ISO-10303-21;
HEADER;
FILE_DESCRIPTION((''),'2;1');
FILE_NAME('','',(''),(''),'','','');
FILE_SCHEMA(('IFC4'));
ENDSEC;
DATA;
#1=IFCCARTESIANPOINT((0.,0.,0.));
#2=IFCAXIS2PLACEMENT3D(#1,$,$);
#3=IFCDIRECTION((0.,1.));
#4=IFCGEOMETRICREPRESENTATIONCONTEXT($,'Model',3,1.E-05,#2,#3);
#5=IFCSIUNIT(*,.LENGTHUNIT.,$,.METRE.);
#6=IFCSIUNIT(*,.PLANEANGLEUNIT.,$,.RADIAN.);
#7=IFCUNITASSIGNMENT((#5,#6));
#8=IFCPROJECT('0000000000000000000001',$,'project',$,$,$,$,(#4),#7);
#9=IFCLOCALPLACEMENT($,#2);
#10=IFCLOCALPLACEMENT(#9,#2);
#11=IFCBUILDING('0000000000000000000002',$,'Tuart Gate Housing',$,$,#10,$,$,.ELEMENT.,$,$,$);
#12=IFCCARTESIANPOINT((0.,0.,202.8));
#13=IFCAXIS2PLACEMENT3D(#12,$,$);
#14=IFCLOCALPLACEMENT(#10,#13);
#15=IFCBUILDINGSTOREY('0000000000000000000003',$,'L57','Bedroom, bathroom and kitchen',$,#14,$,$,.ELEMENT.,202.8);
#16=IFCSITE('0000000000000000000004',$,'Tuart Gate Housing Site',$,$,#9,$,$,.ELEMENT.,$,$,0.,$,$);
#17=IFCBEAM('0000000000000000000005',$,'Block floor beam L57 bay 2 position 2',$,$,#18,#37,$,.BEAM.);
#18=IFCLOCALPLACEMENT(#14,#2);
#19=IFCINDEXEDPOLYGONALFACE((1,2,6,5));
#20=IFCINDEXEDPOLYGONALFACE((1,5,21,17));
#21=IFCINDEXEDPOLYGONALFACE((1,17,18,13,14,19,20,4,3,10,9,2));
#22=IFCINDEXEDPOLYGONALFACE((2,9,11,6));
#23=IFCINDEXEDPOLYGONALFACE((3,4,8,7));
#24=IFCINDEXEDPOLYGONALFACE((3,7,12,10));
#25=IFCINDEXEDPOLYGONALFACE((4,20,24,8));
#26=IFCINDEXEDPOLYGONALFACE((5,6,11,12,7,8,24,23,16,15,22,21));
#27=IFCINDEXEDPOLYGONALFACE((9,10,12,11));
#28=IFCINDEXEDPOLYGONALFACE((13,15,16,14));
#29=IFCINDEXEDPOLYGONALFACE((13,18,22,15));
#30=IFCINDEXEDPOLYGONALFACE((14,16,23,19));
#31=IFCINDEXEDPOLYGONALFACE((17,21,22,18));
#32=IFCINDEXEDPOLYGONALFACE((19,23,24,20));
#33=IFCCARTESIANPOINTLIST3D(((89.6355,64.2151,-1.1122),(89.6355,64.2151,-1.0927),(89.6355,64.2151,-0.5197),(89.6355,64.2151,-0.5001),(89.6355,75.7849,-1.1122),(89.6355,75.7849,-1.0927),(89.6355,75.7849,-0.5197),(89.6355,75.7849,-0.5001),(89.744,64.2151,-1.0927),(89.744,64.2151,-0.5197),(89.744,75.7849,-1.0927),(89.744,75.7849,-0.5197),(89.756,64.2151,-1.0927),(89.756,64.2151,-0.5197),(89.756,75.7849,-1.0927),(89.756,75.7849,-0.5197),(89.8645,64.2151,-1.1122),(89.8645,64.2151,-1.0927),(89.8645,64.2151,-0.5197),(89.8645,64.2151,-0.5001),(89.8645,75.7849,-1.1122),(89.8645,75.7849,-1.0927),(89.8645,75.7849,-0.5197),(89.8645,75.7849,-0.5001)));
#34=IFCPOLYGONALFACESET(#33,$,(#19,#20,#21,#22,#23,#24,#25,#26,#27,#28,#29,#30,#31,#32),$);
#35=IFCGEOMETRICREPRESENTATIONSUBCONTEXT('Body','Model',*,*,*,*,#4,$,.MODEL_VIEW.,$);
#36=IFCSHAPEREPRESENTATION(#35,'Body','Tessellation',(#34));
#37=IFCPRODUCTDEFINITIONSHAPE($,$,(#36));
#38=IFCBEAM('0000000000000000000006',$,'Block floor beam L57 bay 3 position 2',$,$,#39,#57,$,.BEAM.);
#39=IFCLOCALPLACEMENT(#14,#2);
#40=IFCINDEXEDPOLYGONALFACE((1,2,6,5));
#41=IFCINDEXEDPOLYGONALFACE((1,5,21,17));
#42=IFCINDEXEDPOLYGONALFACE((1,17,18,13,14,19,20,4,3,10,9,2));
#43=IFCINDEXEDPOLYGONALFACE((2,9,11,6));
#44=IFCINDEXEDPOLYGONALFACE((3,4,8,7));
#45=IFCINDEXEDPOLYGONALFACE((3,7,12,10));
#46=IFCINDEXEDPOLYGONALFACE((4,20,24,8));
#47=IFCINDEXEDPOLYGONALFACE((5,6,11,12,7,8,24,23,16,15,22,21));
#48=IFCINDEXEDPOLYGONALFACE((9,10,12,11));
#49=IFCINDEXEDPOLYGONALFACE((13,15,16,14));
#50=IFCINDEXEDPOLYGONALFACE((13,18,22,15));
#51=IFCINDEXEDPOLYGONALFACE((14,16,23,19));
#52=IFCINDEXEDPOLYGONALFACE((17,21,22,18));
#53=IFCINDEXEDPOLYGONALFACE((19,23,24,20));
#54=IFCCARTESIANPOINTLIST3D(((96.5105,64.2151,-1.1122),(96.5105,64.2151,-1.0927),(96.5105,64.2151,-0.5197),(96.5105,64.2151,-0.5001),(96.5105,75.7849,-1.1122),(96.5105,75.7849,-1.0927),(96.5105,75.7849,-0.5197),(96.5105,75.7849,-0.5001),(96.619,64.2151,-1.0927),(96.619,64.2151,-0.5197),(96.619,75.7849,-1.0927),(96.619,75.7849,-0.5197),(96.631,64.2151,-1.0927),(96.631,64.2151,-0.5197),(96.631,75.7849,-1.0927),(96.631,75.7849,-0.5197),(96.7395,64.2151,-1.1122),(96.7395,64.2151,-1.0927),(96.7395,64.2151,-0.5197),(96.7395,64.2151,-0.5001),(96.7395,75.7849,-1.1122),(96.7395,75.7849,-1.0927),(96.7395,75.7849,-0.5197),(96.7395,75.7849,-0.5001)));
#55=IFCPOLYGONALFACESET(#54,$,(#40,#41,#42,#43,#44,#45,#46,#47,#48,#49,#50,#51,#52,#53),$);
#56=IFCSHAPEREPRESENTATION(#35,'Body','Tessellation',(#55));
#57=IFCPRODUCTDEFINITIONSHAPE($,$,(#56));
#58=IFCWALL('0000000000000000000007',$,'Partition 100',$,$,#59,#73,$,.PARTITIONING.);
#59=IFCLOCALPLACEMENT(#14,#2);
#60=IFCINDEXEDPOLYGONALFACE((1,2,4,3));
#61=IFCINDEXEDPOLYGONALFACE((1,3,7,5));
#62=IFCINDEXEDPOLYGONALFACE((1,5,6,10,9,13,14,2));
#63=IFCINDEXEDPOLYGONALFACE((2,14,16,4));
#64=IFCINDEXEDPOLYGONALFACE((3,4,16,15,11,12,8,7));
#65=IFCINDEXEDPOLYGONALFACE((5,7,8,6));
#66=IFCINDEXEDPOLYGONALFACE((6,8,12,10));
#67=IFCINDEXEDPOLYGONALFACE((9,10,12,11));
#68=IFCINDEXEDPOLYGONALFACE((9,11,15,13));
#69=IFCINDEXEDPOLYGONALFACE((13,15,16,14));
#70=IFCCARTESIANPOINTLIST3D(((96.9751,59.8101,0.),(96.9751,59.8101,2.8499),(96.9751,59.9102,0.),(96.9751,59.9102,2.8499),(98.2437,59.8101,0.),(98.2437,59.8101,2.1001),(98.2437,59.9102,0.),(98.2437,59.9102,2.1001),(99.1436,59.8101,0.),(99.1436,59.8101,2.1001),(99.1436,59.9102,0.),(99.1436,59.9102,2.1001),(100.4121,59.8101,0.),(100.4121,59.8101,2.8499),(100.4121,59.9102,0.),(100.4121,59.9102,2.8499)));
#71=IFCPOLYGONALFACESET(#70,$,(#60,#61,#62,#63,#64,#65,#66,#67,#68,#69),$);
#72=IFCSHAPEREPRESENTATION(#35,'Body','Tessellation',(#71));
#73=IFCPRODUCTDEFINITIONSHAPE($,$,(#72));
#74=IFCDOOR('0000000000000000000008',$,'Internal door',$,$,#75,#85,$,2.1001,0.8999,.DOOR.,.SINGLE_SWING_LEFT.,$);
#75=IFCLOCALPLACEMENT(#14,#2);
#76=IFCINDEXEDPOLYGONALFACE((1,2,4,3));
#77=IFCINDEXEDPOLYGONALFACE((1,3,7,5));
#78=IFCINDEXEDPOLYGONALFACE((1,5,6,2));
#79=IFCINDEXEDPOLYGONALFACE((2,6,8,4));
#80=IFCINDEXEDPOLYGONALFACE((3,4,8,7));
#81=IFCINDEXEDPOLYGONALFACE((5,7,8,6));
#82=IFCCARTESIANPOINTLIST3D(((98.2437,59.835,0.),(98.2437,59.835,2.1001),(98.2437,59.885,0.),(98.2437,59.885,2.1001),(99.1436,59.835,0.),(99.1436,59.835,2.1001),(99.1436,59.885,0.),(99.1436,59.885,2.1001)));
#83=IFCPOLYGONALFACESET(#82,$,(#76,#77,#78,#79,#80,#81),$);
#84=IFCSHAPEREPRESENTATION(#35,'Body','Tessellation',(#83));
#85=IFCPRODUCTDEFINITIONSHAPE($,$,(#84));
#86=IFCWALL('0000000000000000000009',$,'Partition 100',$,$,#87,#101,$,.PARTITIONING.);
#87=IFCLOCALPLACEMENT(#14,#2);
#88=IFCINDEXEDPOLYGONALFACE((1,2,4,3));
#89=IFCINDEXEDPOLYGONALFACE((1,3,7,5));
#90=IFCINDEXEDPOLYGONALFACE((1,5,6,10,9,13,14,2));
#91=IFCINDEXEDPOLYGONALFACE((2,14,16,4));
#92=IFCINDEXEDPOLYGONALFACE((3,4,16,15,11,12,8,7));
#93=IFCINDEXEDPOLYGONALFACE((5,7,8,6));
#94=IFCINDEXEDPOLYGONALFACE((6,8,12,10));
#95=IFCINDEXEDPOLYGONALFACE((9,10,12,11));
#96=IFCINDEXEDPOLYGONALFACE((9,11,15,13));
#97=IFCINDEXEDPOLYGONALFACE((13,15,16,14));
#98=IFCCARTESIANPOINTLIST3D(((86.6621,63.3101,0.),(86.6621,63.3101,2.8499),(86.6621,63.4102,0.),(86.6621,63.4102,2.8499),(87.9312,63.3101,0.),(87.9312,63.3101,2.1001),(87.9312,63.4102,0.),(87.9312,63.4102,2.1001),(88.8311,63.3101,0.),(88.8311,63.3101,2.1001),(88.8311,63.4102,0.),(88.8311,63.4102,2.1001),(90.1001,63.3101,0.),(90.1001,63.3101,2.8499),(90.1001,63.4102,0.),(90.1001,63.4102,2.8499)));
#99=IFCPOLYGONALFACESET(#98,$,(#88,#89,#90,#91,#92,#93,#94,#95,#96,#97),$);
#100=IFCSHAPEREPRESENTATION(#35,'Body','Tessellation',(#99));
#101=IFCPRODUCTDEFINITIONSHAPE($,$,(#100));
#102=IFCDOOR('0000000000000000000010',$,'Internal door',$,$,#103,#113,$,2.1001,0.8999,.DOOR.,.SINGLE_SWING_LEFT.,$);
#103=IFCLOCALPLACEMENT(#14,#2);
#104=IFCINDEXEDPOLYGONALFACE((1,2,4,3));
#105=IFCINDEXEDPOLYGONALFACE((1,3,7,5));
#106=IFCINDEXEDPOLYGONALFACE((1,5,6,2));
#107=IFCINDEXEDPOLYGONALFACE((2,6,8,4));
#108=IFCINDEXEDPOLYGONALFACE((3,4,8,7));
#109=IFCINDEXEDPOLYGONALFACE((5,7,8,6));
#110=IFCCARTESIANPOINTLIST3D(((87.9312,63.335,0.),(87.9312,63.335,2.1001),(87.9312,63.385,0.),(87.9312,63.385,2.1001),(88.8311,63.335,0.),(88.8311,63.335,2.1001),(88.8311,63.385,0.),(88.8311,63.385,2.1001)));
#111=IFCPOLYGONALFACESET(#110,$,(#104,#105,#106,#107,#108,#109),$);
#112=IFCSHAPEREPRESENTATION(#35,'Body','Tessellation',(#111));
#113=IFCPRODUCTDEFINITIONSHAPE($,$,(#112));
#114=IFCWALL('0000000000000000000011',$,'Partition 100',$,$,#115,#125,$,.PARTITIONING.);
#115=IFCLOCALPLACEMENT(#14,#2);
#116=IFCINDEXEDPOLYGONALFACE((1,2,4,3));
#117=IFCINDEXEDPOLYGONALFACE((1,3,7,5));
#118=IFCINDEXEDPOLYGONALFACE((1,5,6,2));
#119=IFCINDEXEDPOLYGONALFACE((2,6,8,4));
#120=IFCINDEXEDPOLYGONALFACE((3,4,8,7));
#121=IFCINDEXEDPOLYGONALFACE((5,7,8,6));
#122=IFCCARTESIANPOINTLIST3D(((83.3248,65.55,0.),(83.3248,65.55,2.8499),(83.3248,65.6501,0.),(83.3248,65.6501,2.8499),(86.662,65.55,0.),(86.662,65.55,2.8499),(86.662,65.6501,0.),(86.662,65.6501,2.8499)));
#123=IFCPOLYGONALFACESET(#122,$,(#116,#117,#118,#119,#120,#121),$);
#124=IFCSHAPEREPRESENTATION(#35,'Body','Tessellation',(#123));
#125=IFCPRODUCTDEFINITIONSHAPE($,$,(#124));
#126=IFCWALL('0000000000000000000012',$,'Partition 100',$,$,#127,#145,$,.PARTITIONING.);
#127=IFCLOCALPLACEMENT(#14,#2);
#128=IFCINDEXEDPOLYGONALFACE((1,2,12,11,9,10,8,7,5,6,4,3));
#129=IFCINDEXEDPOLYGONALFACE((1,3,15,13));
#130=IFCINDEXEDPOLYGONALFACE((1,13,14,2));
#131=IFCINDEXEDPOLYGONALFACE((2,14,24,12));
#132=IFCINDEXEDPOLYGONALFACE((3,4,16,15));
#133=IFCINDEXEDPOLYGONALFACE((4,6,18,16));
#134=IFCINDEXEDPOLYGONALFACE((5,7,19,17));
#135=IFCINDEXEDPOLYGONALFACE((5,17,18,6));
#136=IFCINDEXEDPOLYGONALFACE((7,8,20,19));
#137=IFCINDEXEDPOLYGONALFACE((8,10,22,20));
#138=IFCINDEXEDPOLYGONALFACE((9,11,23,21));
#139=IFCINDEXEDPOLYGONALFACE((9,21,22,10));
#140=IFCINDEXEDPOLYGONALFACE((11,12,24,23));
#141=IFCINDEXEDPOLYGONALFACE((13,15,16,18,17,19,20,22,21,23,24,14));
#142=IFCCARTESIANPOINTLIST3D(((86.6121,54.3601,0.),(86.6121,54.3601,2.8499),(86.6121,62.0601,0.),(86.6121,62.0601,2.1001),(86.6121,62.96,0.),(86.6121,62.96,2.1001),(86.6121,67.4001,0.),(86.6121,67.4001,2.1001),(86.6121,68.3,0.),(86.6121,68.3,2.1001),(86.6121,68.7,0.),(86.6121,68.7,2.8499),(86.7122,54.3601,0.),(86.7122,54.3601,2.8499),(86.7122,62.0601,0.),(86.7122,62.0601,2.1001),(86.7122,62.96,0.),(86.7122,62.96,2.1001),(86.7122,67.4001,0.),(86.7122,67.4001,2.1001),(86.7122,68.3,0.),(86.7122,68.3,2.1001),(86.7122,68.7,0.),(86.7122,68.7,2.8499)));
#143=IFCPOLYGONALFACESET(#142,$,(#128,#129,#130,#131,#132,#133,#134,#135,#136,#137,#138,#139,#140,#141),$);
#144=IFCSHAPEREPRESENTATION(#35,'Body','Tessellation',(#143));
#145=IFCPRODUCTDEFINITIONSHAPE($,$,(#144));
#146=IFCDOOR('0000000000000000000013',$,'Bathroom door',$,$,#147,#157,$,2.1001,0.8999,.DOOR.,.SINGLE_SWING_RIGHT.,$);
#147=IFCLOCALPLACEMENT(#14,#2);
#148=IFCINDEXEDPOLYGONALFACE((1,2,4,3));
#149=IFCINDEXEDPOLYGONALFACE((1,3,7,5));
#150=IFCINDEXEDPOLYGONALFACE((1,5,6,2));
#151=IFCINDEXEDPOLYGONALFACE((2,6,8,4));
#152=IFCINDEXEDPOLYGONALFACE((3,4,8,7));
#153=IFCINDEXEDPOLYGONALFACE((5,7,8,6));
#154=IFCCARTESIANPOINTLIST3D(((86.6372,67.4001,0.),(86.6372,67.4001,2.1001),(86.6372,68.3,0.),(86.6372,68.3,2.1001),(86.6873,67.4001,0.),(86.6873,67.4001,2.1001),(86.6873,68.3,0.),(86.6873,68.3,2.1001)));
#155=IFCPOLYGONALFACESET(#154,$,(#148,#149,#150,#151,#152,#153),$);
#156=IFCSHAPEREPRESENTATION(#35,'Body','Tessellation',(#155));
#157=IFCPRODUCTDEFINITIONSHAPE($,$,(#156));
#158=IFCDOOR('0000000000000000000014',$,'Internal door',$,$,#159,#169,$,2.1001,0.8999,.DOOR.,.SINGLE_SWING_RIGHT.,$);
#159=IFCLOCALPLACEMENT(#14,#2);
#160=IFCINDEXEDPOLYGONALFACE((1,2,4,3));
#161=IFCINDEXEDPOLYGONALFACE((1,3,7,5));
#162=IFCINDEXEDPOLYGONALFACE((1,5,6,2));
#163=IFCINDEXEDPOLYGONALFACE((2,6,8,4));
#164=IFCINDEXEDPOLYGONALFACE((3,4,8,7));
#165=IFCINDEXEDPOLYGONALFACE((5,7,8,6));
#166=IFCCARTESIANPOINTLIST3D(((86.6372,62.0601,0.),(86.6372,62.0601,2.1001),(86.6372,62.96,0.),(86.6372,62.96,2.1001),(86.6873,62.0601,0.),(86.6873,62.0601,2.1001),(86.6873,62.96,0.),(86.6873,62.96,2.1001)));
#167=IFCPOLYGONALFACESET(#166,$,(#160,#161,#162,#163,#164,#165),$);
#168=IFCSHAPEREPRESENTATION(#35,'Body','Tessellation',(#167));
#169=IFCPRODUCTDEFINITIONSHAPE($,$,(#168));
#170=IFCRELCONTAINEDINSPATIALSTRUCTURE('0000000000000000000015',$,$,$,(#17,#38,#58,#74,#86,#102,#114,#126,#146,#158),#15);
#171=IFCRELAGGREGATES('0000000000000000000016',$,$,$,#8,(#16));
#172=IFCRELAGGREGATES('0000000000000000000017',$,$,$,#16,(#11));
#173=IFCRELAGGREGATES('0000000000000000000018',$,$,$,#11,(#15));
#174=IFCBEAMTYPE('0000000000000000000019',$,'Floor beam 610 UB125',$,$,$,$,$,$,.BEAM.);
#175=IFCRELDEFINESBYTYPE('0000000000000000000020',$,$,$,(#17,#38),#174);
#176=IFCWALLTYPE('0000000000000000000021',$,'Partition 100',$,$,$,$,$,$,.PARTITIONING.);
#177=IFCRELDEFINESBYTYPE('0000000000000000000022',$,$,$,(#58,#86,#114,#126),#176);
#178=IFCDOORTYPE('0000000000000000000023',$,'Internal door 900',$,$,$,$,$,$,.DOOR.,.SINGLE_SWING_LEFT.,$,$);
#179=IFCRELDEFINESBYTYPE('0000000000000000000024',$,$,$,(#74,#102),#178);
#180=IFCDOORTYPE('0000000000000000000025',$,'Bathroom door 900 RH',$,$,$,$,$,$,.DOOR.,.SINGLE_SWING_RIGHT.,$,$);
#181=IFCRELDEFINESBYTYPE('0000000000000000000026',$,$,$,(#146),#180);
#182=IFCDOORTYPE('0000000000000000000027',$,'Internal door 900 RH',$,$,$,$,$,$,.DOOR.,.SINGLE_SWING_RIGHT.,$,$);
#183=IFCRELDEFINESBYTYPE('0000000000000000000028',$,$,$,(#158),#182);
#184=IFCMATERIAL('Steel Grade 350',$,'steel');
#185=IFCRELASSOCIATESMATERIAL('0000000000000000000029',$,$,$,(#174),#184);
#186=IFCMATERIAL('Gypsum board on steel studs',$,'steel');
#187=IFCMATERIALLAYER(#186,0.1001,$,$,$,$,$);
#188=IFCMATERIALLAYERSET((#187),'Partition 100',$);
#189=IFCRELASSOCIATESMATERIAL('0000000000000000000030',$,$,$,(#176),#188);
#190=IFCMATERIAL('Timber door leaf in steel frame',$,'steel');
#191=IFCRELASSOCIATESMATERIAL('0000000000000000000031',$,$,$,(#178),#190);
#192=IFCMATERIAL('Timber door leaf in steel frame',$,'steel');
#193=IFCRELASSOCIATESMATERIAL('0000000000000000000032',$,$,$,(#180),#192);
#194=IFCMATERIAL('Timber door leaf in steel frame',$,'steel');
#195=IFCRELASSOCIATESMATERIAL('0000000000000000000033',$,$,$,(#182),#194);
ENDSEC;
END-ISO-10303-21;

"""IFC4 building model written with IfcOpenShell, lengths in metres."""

from ifc_helpers import new_model, si_unit, direction, frame, frame_2d, origin, origin_2d, place, context, subcontext, project, spatial, rectangle, i_section, extrude, material, layer, layer_set, material_profile, profile_set, type_object, element, fill, save


model = new_model("IFC4")

# Units and contexts
model_context = context("Model", 3, precision=1e-05, world=origin(), true_north=direction((0.0, 1.0)))
body_context = subcontext(model_context, "Body", "Model", "MODEL_VIEW")
ifc_project = project(units=[si_unit("LENGTHUNIT", "METRE"), si_unit("PLANEANGLEUNIT", "RADIAN")], contexts=[model_context])

# Site, building, storey
site_placement = place(None, origin())
site = spatial("IfcSite", under=ifc_project, at=site_placement, Name="Tuart Gate Housing Site", CompositionType="ELEMENT", RefElevation=0.0)
building_placement = place(site_placement, origin())
building = spatial("IfcBuilding", under=site, at=building_placement, Name="Tuart Gate Housing", CompositionType="ELEMENT")
storey_placement = place(building_placement, frame((0.0, 0.0, 202.8)))
storey = spatial("IfcBuildingStorey", under=building, at=storey_placement, Name="L57", Description="Bedroom, bathroom and kitchen", CompositionType="ELEMENT", Elevation=202.8)

# Beams
ifc_material_1 = material(Name="Steel Grade 350", Category="steel")
ifc_material_profile_1 = material_profile(ifc_material_1, i_section(OverallWidth=0.229, OverallDepth=0.6121, WebThickness=0.012, FlangeThickness=0.0195, at=origin_2d()), Name="610UB125")
ifc_profile_set_1 = profile_set([ifc_material_profile_1], Name="Steel Grade 350")
beam_type_1 = type_object("IfcBeamType", Name="Floor beam 610 UB125", PredefinedType="BEAM", material=ifc_profile_set_1)
for number, where, z_axis, x_axis, name in (
    (1, (89.75, 64.2151, -0.8062), (0.0, 1.0, 0.0), (-1.0, 0.0, 0.0), "Block floor beam L57 bay 2 position 2"),
    (2, (96.625, 64.2151, -0.8062), (0.0, 1.0, 0.0), (-1.0, 0.0, 0.0), "Block floor beam L57 bay 3 position 2"),
):
    element("IfcBeam", number, at=place(storey_placement, frame(where, z_axis=z_axis, x_axis=x_axis)), inside=storey, type_object=beam_type_1, Name=name, PredefinedType="BEAM", context=body_context, shape_type="SweptSolid", body=[
        extrude(i_section(OverallWidth=0.229, OverallDepth=0.6121, WebThickness=0.012, FlangeThickness=0.0195, at=origin_2d()), origin(), (0.0, 0.0, 1.0), 11.5698),
    ])

# Walls, openings, doors
ifc_material_2 = material(Name="Gypsum board on steel studs", Category="steel")
ifc_layer_1 = layer(ifc_material_2, 0.1001)
ifc_layer_set_1 = layer_set([ifc_layer_1], Name="Partition 100")
wall_type_1 = type_object("IfcWallType", Name="Partition 100", PredefinedType="PARTITIONING", material=ifc_layer_set_1)
wall_1_placement = place(storey_placement, frame((96.9751, 59.8601, 0.0), z_axis=(0.0, 0.0, 1.0), x_axis=(1.0, 0.0, 0.0)))
wall_1 = element("IfcWall", 3, at=wall_1_placement, inside=storey, type_object=wall_type_1, Name="Partition 100", PredefinedType="PARTITIONING", context=body_context, shape_type="SweptSolid", body=[
    extrude(rectangle(XDim=3.437, YDim=0.1001, at=frame_2d((1.7185, 0.0))), origin(), (0.0, 0.0, 1.0), 2.8499),
])
opening_1_placement = place(wall_1_placement, frame((1.2686, 0.0, 0.0)))
opening_1 = element("IfcOpeningElement", 4, at=opening_1_placement, cuts=wall_1, PredefinedType="OPENING", context=body_context, shape_type="SweptSolid", body=[
    extrude(rectangle(XDim=0.8999, YDim=2.1001, at=frame_2d((0.45, 1.05))), frame((0.0, 0.0601, 0.0), z_axis=(0.0, -1.0, 0.0), x_axis=(1.0, 0.0, 0.0)), (0.0, 0.0, 1.0), 0.1201),
])
ifc_material_3 = material(Name="Timber door leaf in steel frame", Category="steel")
door_type_1 = type_object("IfcDoorType", Name="Internal door 900", OperationType="SINGLE_SWING_LEFT", PredefinedType="DOOR", material=ifc_material_3)
door_1_placement = place(opening_1_placement, origin())
door_1 = element("IfcDoor", 5, at=door_1_placement, inside=storey, type_object=door_type_1, Name="Internal door", OperationType="SINGLE_SWING_LEFT", OverallHeight=2.1001, OverallWidth=0.8999, PredefinedType="DOOR", context=body_context, shape_type="SweptSolid", body=[
    extrude(rectangle(XDim=0.8999, YDim=2.1001, at=frame_2d((0.45, 1.05))), frame((0.0, 0.0249, 0.0), z_axis=(0.0, -1.0, 0.0), x_axis=(1.0, 0.0, 0.0)), (0.0, 0.0, 1.0), 0.05),
])
fill(opening_1, door_1)
wall_2_placement = place(storey_placement, frame((86.6621, 63.3601, 0.0), z_axis=(0.0, 0.0, 1.0), x_axis=(1.0, 0.0, 0.0)))
wall_2 = element("IfcWall", 6, at=wall_2_placement, inside=storey, type_object=wall_type_1, Name="Partition 100", PredefinedType="PARTITIONING", context=body_context, shape_type="SweptSolid", body=[
    extrude(rectangle(XDim=3.438, YDim=0.1001, at=frame_2d((1.719, 0.0))), origin(), (0.0, 0.0, 1.0), 2.8499),
])
opening_2_placement = place(wall_2_placement, frame((1.269, 0.0, 0.0)))
opening_2 = element("IfcOpeningElement", 7, at=opening_2_placement, cuts=wall_2, PredefinedType="OPENING", context=body_context, shape_type="SweptSolid", body=[
    extrude(rectangle(XDim=0.8999, YDim=2.1001, at=frame_2d((0.45, 1.05))), frame((0.0, 0.0601, 0.0), z_axis=(0.0, -1.0, 0.0), x_axis=(1.0, 0.0, 0.0)), (0.0, 0.0, 1.0), 0.1201),
])
door_2_placement = place(opening_2_placement, origin())
door_2 = element("IfcDoor", 8, at=door_2_placement, inside=storey, type_object=door_type_1, Name="Internal door", OperationType="SINGLE_SWING_LEFT", OverallHeight=2.1001, OverallWidth=0.8999, PredefinedType="DOOR", context=body_context, shape_type="SweptSolid", body=[
    extrude(rectangle(XDim=0.8999, YDim=2.1001, at=frame_2d((0.45, 1.05))), frame((0.0, 0.0249, 0.0), z_axis=(0.0, -1.0, 0.0), x_axis=(1.0, 0.0, 0.0)), (0.0, 0.0, 1.0), 0.05),
])
fill(opening_2, door_2)

# Wall
wall_3_placement = place(storey_placement, frame((83.325, 65.6001, 0.0), z_axis=(0.0, 0.0, 1.0), x_axis=(1.0, 0.0, 0.0)))
element("IfcWall", 9, at=wall_3_placement, inside=storey, type_object=wall_type_1, Name="Partition 100", PredefinedType="PARTITIONING", context=body_context, shape_type="SweptSolid", body=[
    extrude(rectangle(XDim=3.3372, YDim=0.1001, at=frame_2d((1.6685, 0.0))), origin(), (0.0, 0.0, 1.0), 2.8499),
])

# Wall, openings, doors
wall_4_placement = place(storey_placement, frame((86.6621, 54.3601, 0.0), z_axis=(0.0, 0.0, 1.0), x_axis=(0.0, 1.0, 0.0)))
wall_4 = element("IfcWall", 10, at=wall_4_placement, inside=storey, type_object=wall_type_1, Name="Partition 100", PredefinedType="PARTITIONING", context=body_context, shape_type="SweptSolid", body=[
    extrude(rectangle(XDim=14.3398, YDim=0.1001, at=frame_2d((7.1699, 0.0))), origin(), (0.0, 0.0, 1.0), 2.8499),
])
opening_3_placement = place(wall_4_placement, frame((7.7, 0.0, 0.0)))
opening_3 = element("IfcOpeningElement", 11, at=opening_3_placement, cuts=wall_4, PredefinedType="OPENING", context=body_context, shape_type="SweptSolid", body=[
    extrude(rectangle(XDim=0.8999, YDim=2.1001, at=frame_2d((0.45, 1.05))), frame((0.0, 0.0601, 0.0), z_axis=(0.0, -1.0, 0.0), x_axis=(1.0, 0.0, 0.0)), (0.0, 0.0, 1.0), 0.1201),
])
opening_4_placement = place(wall_4_placement, frame((13.04, 0.0, 0.0)))
opening_4 = element("IfcOpeningElement", 12, at=opening_4_placement, cuts=wall_4, PredefinedType="OPENING", context=body_context, shape_type="SweptSolid", body=[
    extrude(rectangle(XDim=0.8999, YDim=2.1001, at=frame_2d((0.45, 1.05))), frame((0.0, 0.0601, 0.0), z_axis=(0.0, -1.0, 0.0), x_axis=(1.0, 0.0, 0.0)), (0.0, 0.0, 1.0), 0.1201),
])
ifc_material_4 = material(Name="Timber door leaf in steel frame", Category="steel")
door_type_2 = type_object("IfcDoorType", Name="Bathroom door 900 RH", OperationType="SINGLE_SWING_RIGHT", PredefinedType="DOOR", material=ifc_material_4)
door_3_placement = place(opening_4_placement, origin())
door_3 = element("IfcDoor", 13, at=door_3_placement, inside=storey, type_object=door_type_2, Name="Bathroom door", OperationType="SINGLE_SWING_RIGHT", OverallHeight=2.1001, OverallWidth=0.8999, PredefinedType="DOOR", context=body_context, shape_type="SweptSolid", body=[
    extrude(rectangle(XDim=0.8999, YDim=2.1001, at=frame_2d((0.45, 1.05))), frame((0.0, 0.0249, 0.0), z_axis=(0.0, -1.0, 0.0), x_axis=(1.0, 0.0, 0.0)), (0.0, 0.0, 1.0), 0.05),
])
fill(opening_4, door_3)
ifc_material_5 = material(Name="Timber door leaf in steel frame", Category="steel")
door_type_3 = type_object("IfcDoorType", Name="Internal door 900 RH", OperationType="SINGLE_SWING_RIGHT", PredefinedType="DOOR", material=ifc_material_5)
door_4_placement = place(opening_3_placement, origin())
door_4 = element("IfcDoor", 14, at=door_4_placement, inside=storey, type_object=door_type_3, Name="Internal door", OperationType="SINGLE_SWING_RIGHT", OverallHeight=2.1001, OverallWidth=0.8999, PredefinedType="DOOR", context=body_context, shape_type="SweptSolid", body=[
    extrude(rectangle(XDim=0.8999, YDim=2.1001, at=frame_2d((0.45, 1.05))), frame((0.0, 0.0249, 0.0), z_axis=(0.0, -1.0, 0.0), x_axis=(1.0, 0.0, 0.0)), (0.0, 0.0, 1.0), 0.05),
])
fill(opening_3, door_4)

save(model, "model.ifc")
